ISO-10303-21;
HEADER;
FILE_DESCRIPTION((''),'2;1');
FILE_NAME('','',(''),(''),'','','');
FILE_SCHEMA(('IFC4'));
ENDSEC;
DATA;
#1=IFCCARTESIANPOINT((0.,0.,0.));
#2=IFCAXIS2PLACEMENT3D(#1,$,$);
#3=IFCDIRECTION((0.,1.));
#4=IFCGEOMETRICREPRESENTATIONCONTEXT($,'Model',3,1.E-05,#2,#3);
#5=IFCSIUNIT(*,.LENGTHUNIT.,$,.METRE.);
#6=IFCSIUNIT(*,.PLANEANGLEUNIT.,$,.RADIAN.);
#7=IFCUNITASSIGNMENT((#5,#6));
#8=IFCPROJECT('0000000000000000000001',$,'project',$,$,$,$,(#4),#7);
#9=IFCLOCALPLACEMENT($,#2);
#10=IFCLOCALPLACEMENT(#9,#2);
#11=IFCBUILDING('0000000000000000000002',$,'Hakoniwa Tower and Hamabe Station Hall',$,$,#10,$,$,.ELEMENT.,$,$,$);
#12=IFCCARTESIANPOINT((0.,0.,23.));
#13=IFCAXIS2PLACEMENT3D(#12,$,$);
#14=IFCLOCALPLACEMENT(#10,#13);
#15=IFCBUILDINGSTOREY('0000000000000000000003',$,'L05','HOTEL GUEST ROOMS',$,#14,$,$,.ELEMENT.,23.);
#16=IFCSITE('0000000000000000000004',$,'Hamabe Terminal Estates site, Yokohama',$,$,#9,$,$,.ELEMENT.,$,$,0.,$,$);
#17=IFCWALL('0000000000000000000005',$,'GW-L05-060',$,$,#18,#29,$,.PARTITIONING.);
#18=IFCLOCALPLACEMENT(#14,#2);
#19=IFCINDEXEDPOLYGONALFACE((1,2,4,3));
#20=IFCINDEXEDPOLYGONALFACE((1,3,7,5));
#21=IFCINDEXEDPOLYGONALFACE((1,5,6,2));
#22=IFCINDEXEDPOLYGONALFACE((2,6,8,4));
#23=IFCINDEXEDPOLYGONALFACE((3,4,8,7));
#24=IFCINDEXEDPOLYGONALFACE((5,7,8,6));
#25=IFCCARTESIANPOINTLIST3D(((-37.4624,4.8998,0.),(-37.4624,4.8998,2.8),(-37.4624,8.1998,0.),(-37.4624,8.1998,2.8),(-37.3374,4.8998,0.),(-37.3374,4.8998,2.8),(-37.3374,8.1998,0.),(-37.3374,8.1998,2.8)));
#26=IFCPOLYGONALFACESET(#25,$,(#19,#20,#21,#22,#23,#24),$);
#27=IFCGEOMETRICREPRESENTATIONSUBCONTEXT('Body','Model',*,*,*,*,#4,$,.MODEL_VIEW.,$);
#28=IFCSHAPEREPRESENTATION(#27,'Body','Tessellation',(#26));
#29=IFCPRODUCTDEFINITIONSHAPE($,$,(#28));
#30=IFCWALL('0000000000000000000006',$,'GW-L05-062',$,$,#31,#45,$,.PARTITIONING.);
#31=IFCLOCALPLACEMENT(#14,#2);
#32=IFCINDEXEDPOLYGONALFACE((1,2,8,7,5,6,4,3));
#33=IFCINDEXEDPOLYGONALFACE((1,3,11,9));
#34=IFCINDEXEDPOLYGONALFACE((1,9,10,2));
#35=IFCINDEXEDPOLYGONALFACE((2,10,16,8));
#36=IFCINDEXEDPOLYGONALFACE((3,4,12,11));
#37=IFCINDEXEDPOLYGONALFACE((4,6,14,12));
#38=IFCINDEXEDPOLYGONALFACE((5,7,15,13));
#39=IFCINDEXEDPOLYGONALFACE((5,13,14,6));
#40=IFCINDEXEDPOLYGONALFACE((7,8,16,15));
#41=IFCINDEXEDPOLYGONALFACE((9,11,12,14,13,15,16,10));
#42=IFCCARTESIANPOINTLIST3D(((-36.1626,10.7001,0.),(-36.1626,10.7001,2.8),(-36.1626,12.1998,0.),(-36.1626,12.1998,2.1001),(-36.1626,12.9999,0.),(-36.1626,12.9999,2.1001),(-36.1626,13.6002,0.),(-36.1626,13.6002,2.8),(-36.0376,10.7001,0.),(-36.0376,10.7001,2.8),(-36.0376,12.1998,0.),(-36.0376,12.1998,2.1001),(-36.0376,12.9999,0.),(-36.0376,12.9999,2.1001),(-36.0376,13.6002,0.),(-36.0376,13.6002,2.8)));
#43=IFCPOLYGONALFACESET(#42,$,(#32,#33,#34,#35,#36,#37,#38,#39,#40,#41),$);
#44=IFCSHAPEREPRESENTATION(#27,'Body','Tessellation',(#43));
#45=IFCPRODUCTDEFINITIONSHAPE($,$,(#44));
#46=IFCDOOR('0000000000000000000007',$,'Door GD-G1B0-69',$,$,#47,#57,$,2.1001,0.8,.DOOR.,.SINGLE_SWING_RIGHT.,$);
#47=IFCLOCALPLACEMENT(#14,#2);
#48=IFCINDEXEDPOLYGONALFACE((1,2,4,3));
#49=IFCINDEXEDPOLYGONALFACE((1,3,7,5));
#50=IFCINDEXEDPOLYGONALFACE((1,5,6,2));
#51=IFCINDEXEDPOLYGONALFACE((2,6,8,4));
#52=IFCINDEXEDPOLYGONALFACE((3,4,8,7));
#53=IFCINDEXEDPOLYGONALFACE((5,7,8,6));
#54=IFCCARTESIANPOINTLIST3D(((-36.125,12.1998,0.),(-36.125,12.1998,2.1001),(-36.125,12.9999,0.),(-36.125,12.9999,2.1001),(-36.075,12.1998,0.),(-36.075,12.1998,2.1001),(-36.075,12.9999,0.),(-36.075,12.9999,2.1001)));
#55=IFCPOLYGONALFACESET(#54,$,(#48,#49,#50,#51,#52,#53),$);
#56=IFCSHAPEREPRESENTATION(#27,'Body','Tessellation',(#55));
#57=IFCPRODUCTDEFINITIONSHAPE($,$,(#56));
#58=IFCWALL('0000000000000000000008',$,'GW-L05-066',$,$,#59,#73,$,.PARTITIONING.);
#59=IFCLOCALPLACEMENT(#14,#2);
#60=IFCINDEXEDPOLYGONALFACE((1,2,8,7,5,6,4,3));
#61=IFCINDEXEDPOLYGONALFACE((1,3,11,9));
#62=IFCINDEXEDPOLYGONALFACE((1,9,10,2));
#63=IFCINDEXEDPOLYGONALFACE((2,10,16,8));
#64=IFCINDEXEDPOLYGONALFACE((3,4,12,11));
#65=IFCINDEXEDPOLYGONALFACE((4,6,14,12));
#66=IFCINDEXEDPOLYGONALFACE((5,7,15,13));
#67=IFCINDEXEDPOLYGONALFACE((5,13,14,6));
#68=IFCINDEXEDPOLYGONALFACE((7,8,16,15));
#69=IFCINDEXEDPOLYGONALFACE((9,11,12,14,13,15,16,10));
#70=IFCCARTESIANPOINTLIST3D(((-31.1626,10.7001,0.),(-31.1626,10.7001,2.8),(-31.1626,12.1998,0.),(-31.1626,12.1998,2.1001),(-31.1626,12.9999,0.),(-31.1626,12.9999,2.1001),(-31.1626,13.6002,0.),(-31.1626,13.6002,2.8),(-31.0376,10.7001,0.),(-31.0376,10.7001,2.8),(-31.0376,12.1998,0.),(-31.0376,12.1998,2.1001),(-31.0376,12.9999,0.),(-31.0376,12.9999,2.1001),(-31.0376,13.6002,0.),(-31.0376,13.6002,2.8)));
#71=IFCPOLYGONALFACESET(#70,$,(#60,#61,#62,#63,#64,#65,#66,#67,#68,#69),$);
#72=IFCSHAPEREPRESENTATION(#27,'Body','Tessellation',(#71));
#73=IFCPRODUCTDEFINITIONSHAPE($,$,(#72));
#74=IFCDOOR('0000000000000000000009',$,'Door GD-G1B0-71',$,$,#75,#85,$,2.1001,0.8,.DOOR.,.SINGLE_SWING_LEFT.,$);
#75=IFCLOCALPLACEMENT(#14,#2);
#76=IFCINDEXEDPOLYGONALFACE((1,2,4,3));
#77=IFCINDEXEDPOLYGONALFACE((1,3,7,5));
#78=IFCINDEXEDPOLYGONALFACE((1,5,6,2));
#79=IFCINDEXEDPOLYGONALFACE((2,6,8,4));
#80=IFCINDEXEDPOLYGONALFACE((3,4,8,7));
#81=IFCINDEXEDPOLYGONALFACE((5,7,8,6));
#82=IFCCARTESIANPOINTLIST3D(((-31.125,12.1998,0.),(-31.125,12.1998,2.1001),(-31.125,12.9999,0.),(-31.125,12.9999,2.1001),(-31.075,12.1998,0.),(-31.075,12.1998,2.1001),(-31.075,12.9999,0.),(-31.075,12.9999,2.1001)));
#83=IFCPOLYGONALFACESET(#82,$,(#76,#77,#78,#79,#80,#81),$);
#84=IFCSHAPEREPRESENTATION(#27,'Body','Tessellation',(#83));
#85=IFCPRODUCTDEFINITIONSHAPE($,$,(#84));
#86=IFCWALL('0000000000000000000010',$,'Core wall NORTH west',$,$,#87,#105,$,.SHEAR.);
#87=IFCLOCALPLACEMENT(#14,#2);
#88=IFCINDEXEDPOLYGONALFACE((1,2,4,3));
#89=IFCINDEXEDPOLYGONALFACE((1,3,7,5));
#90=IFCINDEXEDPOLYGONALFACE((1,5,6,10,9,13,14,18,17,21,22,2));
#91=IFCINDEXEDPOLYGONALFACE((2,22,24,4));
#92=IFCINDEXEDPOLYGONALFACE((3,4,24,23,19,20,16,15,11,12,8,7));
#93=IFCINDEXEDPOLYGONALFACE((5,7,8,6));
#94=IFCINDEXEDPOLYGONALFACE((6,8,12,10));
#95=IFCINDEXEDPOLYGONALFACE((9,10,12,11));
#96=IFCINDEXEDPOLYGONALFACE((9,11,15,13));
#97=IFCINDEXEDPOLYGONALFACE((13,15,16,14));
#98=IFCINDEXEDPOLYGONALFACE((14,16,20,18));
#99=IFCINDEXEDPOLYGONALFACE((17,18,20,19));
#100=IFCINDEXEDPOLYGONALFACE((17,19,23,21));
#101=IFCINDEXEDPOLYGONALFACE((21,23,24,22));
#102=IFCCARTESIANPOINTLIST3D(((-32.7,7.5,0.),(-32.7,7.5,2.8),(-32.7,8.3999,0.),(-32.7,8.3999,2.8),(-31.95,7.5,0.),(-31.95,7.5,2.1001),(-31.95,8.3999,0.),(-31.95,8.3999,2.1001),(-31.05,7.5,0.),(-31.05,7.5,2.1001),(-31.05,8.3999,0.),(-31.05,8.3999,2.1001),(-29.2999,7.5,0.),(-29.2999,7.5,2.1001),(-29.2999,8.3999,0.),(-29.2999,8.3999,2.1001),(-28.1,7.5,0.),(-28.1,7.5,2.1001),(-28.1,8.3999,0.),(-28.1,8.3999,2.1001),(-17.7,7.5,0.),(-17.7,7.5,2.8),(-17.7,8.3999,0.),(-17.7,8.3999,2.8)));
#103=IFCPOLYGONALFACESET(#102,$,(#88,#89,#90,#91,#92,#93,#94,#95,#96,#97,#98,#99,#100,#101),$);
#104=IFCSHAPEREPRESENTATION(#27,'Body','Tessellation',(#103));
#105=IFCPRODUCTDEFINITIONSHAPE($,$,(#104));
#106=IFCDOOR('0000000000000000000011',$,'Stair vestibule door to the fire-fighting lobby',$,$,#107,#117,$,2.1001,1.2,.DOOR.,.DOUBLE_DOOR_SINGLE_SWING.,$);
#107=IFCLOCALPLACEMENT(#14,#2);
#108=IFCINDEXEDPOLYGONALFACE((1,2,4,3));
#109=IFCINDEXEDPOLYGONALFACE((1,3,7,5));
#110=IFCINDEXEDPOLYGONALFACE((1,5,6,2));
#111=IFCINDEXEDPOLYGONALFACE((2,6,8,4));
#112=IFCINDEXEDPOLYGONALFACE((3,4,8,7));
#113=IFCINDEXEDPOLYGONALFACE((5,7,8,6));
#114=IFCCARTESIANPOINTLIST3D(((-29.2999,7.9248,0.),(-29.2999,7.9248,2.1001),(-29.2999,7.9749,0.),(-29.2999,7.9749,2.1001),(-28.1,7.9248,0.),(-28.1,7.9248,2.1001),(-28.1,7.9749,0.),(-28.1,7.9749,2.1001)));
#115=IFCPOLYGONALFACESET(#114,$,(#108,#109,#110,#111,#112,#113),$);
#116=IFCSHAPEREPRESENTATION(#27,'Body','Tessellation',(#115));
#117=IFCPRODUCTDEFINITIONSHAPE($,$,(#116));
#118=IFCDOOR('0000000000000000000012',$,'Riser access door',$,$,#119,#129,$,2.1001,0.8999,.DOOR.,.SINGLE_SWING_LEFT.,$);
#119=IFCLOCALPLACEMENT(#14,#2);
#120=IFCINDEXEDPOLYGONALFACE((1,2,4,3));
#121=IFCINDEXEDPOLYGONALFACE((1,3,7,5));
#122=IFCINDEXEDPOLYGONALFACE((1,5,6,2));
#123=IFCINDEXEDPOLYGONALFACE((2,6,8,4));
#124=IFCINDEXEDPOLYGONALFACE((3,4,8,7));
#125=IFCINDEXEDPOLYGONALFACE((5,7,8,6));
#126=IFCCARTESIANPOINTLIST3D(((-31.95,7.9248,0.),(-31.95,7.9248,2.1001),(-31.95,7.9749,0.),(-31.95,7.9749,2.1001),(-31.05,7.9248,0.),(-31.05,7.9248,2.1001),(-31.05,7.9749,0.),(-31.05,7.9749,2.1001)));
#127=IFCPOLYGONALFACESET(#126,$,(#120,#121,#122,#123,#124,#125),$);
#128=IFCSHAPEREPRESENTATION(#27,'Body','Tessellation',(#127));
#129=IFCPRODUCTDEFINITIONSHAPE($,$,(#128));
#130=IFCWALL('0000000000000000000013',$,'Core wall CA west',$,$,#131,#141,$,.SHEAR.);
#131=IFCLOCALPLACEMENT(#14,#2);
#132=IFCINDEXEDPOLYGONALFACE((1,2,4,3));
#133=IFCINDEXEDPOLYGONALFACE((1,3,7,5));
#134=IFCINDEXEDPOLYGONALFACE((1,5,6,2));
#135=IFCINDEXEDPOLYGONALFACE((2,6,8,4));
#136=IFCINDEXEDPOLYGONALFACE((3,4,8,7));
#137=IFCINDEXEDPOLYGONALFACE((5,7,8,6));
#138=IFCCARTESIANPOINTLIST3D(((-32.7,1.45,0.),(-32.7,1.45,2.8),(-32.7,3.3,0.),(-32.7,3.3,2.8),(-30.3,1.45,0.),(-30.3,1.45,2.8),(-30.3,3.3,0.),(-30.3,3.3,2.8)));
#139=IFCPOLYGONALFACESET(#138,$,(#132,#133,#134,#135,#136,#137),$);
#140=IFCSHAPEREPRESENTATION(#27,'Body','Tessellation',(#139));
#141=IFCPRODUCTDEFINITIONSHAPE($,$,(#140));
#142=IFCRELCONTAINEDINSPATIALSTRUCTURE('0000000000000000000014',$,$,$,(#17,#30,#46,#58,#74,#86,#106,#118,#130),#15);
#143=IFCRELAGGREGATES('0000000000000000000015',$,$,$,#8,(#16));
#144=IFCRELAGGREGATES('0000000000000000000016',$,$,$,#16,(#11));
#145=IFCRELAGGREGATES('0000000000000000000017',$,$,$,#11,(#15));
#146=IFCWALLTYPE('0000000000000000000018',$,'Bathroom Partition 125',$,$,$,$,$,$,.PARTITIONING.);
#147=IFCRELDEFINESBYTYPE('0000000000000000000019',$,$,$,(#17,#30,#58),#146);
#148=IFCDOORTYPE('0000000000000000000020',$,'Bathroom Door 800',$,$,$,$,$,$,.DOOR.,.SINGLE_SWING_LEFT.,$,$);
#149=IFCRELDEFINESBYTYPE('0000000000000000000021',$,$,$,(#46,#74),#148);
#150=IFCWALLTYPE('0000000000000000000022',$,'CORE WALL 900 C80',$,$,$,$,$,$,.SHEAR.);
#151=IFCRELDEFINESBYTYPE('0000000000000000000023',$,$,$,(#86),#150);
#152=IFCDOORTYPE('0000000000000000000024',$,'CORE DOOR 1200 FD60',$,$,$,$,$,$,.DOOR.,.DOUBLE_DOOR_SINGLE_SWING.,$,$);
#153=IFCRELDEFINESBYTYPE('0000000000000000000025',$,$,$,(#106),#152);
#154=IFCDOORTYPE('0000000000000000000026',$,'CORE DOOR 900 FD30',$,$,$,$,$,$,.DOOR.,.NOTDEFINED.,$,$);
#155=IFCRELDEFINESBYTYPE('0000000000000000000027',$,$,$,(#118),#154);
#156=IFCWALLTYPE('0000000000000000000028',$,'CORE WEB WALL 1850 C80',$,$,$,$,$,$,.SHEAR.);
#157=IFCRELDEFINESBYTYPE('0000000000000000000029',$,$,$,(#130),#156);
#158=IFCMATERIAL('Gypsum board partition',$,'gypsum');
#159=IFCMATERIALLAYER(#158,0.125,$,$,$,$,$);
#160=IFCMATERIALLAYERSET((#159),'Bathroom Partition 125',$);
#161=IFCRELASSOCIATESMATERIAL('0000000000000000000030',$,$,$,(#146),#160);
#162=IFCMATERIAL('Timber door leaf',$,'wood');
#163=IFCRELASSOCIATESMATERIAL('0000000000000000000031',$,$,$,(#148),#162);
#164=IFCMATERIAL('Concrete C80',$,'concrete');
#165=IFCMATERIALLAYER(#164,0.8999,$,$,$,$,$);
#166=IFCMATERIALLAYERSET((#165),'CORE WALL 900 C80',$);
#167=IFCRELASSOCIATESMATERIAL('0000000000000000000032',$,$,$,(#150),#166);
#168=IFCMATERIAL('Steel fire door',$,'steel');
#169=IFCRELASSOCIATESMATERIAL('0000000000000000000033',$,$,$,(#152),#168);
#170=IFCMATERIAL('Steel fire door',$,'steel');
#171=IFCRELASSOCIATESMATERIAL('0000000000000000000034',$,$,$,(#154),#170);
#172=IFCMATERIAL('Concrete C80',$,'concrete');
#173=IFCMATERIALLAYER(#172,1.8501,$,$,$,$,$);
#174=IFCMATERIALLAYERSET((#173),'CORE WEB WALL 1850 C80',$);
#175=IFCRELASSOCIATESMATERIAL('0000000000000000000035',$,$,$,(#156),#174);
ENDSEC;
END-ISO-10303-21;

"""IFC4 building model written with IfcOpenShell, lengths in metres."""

from ifc_helpers import new_model, si_unit, direction, frame, frame_2d, origin, place, context, subcontext, project, spatial, rectangle, extrude, material, layer, layer_set, type_object, element, fill, save


model = new_model("IFC4")

# Units and contexts
model_context = context("Model", 3, precision=1e-05, world=origin(), true_north=direction((0.0, 1.0)))
body_context = subcontext(model_context, "Body", "Model", "MODEL_VIEW")
ifc_project = project(units=[si_unit("LENGTHUNIT", "METRE"), si_unit("PLANEANGLEUNIT", "RADIAN")], contexts=[model_context])

# Site, building, storey
site_placement = place(None, origin())
site = spatial("IfcSite", under=ifc_project, at=site_placement, Name="Hamabe Terminal Estates site, Yokohama", CompositionType="ELEMENT", RefElevation=0.0)
building_placement = place(site_placement, origin())
building = spatial("IfcBuilding", under=site, at=building_placement, Name="Hakoniwa Tower and Hamabe Station Hall", CompositionType="ELEMENT")
storey_placement = place(building_placement, frame((0.0, 0.0, 23.0)))
storey = spatial("IfcBuildingStorey", under=building, at=storey_placement, Name="L05", Description="HOTEL GUEST ROOMS", CompositionType="ELEMENT", Elevation=23.0)

# Shared definitions
ifc_material_1 = material(Name="Gypsum board partition", Category="gypsum")
ifc_layer_1 = layer(ifc_material_1, 0.125)
ifc_layer_set_1 = layer_set([ifc_layer_1], Name="Bathroom Partition 125")
wall_type_1 = type_object("IfcWallType", Name="Bathroom Partition 125", PredefinedType="PARTITIONING", material=ifc_layer_set_1)
ifc_material_2 = material(Name="Timber door leaf", Category="wood")
door_type_1 = type_object("IfcDoorType", Name="Bathroom Door 800", OperationType="SINGLE_SWING_LEFT", PredefinedType="DOOR", material=ifc_material_2)

# Wall
wall_1_placement = place(storey_placement, frame((-37.3999, 4.8999, 0.0), z_axis=(0.0, 0.0, 1.0), x_axis=(0.0, 1.0, 0.0)))
element("IfcWall", 1, at=wall_1_placement, inside=storey, type_object=wall_type_1, Name="GW-L05-060", PredefinedType="PARTITIONING", context=body_context, shape_type="SweptSolid", body=[
    extrude(rectangle(XDim=3.3, YDim=0.125, at=frame_2d((1.6499, 0.0))), origin(), (0.0, 0.0, 1.0), 2.8),
])

# Walls, openings, doors
wall_2_placement = place(storey_placement, frame((-36.1001, 10.7, 0.0), z_axis=(0.0, 0.0, 1.0), x_axis=(0.0, 1.0, 0.0)))
wall_2 = element("IfcWall", 2, at=wall_2_placement, inside=storey, type_object=wall_type_1, Name="GW-L05-062", PredefinedType="PARTITIONING", context=body_context, shape_type="SweptSolid", body=[
    extrude(rectangle(XDim=2.9001, YDim=0.125, at=frame_2d((1.4502, 0.0))), origin(), (0.0, 0.0, 1.0), 2.8),
])
opening_1_placement = place(wall_2_placement, frame((1.5, 0.0, 0.0)))
opening_1 = element("IfcOpeningElement", 3, at=opening_1_placement, cuts=wall_2, PredefinedType="OPENING", context=body_context, shape_type="SweptSolid", body=[
    extrude(rectangle(XDim=0.8, YDim=2.1001, at=frame_2d((0.3999, 1.05))), frame((0.0, 0.0725, 0.0), z_axis=(0.0, -1.0, 0.0), x_axis=(1.0, 0.0, 0.0)), (0.0, 0.0, 1.0), 0.145),
])
door_1_placement = place(opening_1_placement, origin())
door_1 = element("IfcDoor", 4, at=door_1_placement, inside=storey, type_object=door_type_1, Name="Door GD-G1B0-69", OperationType="SINGLE_SWING_RIGHT", OverallHeight=2.1001, OverallWidth=0.8, PredefinedType="DOOR", context=body_context, shape_type="SweptSolid", body=[
    extrude(rectangle(XDim=0.8, YDim=2.1001, at=frame_2d((0.3999, 1.05))), frame((0.0, 0.0249, 0.0), z_axis=(0.0, -1.0, 0.0), x_axis=(1.0, 0.0, 0.0)), (0.0, 0.0, 1.0), 0.05),
])
fill(opening_1, door_1)
wall_3_placement = place(storey_placement, frame((-31.1001, 10.7, 0.0), z_axis=(0.0, 0.0, 1.0), x_axis=(0.0, 1.0, 0.0)))
wall_3 = element("IfcWall", 5, at=wall_3_placement, inside=storey, type_object=wall_type_1, Name="GW-L05-066", PredefinedType="PARTITIONING", context=body_context, shape_type="SweptSolid", body=[
    extrude(rectangle(XDim=2.9001, YDim=0.125, at=frame_2d((1.4502, 0.0))), origin(), (0.0, 0.0, 1.0), 2.8),
])
opening_2_placement = place(wall_3_placement, frame((1.5, 0.0, 0.0)))
opening_2 = element("IfcOpeningElement", 6, at=opening_2_placement, cuts=wall_3, PredefinedType="OPENING", context=body_context, shape_type="SweptSolid", body=[
    extrude(rectangle(XDim=0.8, YDim=2.1001, at=frame_2d((0.3999, 1.05))), frame((0.0, 0.0725, 0.0), z_axis=(0.0, -1.0, 0.0), x_axis=(1.0, 0.0, 0.0)), (0.0, 0.0, 1.0), 0.145),
])
door_2_placement = place(opening_2_placement, origin())
door_2 = element("IfcDoor", 7, at=door_2_placement, inside=storey, type_object=door_type_1, Name="Door GD-G1B0-71", OperationType="SINGLE_SWING_LEFT", OverallHeight=2.1001, OverallWidth=0.8, PredefinedType="DOOR", context=body_context, shape_type="SweptSolid", body=[
    extrude(rectangle(XDim=0.8, YDim=2.1001, at=frame_2d((0.3999, 1.05))), frame((0.0, 0.0249, 0.0), z_axis=(0.0, -1.0, 0.0), x_axis=(1.0, 0.0, 0.0)), (0.0, 0.0, 1.0), 0.05),
])
fill(opening_2, door_2)

# Wall, openings, doors
ifc_material_3 = material(Name="Concrete C80", Category="concrete")
ifc_layer_2 = layer(ifc_material_3, 0.8999)
ifc_layer_set_2 = layer_set([ifc_layer_2], Name="CORE WALL 900 C80")
wall_type_2 = type_object("IfcWallType", Name="CORE WALL 900 C80", PredefinedType="SHEAR", material=ifc_layer_set_2)
wall_4_placement = place(storey_placement, frame((-32.7, 7.95, 0.0), z_axis=(0.0, 0.0, 1.0), x_axis=(1.0, 0.0, 0.0)))
wall_4 = element("IfcWall", 8, at=wall_4_placement, inside=storey, type_object=wall_type_2, Name="Core wall NORTH west", PredefinedType="SHEAR", context=body_context, shape_type="SweptSolid", body=[
    extrude(rectangle(XDim=15.0, YDim=0.8999, at=frame_2d((7.5, 0.0))), origin(), (0.0, 0.0, 1.0), 2.8),
])
opening_3_placement = place(wall_4_placement, frame((3.3999, 0.0, 0.0)))
opening_3 = element("IfcOpeningElement", 9, at=opening_3_placement, cuts=wall_4, PredefinedType="OPENING", context=body_context, shape_type="SweptSolid", body=[
    extrude(rectangle(XDim=1.2, YDim=2.1001, at=frame_2d((0.6001, 1.05))), frame((0.0, 0.46, 0.0), z_axis=(0.0, -1.0, 0.0), x_axis=(1.0, 0.0, 0.0)), (0.0, 0.0, 1.0), 0.9199),
])
opening_4_placement = place(wall_4_placement, frame((0.75, 0.0, 0.0)))
opening_4 = element("IfcOpeningElement", 10, at=opening_4_placement, cuts=wall_4, PredefinedType="OPENING", context=body_context, shape_type="SweptSolid", body=[
    extrude(rectangle(XDim=0.8999, YDim=2.1001, at=frame_2d((0.45, 1.05))), frame((0.0, 0.46, 0.0), z_axis=(0.0, -1.0, 0.0), x_axis=(1.0, 0.0, 0.0)), (0.0, 0.0, 1.0), 0.9199),
])
ifc_material_4 = material(Name="Steel fire door", Category="steel")
door_type_2 = type_object("IfcDoorType", Name="CORE DOOR 1200 FD60", OperationType="DOUBLE_DOOR_SINGLE_SWING", PredefinedType="DOOR", material=ifc_material_4)
door_3_placement = place(opening_3_placement, origin())
door_3 = element("IfcDoor", 11, at=door_3_placement, inside=storey, type_object=door_type_2, Name="Stair vestibule door to the fire-fighting lobby", OperationType="DOUBLE_DOOR_SINGLE_SWING", OverallHeight=2.1001, OverallWidth=1.2, PredefinedType="DOOR", context=body_context, shape_type="SweptSolid", body=[
    extrude(rectangle(XDim=1.2, YDim=2.1001, at=frame_2d((0.6001, 1.05))), frame((0.0, 0.0249, 0.0), z_axis=(0.0, -1.0, 0.0), x_axis=(1.0, 0.0, 0.0)), (0.0, 0.0, 1.0), 0.05),
])
fill(opening_3, door_3)
ifc_material_5 = material(Name="Steel fire door", Category="steel")
door_type_3 = type_object("IfcDoorType", Name="CORE DOOR 900 FD30", OperationType="NOTDEFINED", PredefinedType="DOOR", material=ifc_material_5)
door_4_placement = place(opening_4_placement, origin())
door_4 = element("IfcDoor", 12, at=door_4_placement, inside=storey, type_object=door_type_3, Name="Riser access door", OperationType="SINGLE_SWING_LEFT", OverallHeight=2.1001, OverallWidth=0.8999, PredefinedType="DOOR", context=body_context, shape_type="SweptSolid", body=[
    extrude(rectangle(XDim=0.8999, YDim=2.1001, at=frame_2d((0.45, 1.05))), frame((0.0, 0.0249, 0.0), z_axis=(0.0, -1.0, 0.0), x_axis=(1.0, 0.0, 0.0)), (0.0, 0.0, 1.0), 0.05),
])
fill(opening_4, door_4)

# Wall
ifc_material_6 = material(Name="Concrete C80", Category="concrete")
ifc_layer_3 = layer(ifc_material_6, 1.8501)
ifc_layer_set_3 = layer_set([ifc_layer_3], Name="CORE WEB WALL 1850 C80")
wall_type_3 = type_object("IfcWallType", Name="CORE WEB WALL 1850 C80", PredefinedType="SHEAR", material=ifc_layer_set_3)
wall_5_placement = place(storey_placement, frame((-32.7, 2.375, 0.0), z_axis=(0.0, 0.0, 1.0), x_axis=(1.0, 0.0, 0.0)))
element("IfcWall", 13, at=wall_5_placement, inside=storey, type_object=wall_type_3, Name="Core wall CA west", PredefinedType="SHEAR", context=body_context, shape_type="SweptSolid", body=[
    extrude(rectangle(XDim=2.3999, YDim=1.8501, at=frame_2d((1.2, 0.0))), origin(), (0.0, 0.0, 1.0), 2.8),
])

save(model, "model.ifc")
